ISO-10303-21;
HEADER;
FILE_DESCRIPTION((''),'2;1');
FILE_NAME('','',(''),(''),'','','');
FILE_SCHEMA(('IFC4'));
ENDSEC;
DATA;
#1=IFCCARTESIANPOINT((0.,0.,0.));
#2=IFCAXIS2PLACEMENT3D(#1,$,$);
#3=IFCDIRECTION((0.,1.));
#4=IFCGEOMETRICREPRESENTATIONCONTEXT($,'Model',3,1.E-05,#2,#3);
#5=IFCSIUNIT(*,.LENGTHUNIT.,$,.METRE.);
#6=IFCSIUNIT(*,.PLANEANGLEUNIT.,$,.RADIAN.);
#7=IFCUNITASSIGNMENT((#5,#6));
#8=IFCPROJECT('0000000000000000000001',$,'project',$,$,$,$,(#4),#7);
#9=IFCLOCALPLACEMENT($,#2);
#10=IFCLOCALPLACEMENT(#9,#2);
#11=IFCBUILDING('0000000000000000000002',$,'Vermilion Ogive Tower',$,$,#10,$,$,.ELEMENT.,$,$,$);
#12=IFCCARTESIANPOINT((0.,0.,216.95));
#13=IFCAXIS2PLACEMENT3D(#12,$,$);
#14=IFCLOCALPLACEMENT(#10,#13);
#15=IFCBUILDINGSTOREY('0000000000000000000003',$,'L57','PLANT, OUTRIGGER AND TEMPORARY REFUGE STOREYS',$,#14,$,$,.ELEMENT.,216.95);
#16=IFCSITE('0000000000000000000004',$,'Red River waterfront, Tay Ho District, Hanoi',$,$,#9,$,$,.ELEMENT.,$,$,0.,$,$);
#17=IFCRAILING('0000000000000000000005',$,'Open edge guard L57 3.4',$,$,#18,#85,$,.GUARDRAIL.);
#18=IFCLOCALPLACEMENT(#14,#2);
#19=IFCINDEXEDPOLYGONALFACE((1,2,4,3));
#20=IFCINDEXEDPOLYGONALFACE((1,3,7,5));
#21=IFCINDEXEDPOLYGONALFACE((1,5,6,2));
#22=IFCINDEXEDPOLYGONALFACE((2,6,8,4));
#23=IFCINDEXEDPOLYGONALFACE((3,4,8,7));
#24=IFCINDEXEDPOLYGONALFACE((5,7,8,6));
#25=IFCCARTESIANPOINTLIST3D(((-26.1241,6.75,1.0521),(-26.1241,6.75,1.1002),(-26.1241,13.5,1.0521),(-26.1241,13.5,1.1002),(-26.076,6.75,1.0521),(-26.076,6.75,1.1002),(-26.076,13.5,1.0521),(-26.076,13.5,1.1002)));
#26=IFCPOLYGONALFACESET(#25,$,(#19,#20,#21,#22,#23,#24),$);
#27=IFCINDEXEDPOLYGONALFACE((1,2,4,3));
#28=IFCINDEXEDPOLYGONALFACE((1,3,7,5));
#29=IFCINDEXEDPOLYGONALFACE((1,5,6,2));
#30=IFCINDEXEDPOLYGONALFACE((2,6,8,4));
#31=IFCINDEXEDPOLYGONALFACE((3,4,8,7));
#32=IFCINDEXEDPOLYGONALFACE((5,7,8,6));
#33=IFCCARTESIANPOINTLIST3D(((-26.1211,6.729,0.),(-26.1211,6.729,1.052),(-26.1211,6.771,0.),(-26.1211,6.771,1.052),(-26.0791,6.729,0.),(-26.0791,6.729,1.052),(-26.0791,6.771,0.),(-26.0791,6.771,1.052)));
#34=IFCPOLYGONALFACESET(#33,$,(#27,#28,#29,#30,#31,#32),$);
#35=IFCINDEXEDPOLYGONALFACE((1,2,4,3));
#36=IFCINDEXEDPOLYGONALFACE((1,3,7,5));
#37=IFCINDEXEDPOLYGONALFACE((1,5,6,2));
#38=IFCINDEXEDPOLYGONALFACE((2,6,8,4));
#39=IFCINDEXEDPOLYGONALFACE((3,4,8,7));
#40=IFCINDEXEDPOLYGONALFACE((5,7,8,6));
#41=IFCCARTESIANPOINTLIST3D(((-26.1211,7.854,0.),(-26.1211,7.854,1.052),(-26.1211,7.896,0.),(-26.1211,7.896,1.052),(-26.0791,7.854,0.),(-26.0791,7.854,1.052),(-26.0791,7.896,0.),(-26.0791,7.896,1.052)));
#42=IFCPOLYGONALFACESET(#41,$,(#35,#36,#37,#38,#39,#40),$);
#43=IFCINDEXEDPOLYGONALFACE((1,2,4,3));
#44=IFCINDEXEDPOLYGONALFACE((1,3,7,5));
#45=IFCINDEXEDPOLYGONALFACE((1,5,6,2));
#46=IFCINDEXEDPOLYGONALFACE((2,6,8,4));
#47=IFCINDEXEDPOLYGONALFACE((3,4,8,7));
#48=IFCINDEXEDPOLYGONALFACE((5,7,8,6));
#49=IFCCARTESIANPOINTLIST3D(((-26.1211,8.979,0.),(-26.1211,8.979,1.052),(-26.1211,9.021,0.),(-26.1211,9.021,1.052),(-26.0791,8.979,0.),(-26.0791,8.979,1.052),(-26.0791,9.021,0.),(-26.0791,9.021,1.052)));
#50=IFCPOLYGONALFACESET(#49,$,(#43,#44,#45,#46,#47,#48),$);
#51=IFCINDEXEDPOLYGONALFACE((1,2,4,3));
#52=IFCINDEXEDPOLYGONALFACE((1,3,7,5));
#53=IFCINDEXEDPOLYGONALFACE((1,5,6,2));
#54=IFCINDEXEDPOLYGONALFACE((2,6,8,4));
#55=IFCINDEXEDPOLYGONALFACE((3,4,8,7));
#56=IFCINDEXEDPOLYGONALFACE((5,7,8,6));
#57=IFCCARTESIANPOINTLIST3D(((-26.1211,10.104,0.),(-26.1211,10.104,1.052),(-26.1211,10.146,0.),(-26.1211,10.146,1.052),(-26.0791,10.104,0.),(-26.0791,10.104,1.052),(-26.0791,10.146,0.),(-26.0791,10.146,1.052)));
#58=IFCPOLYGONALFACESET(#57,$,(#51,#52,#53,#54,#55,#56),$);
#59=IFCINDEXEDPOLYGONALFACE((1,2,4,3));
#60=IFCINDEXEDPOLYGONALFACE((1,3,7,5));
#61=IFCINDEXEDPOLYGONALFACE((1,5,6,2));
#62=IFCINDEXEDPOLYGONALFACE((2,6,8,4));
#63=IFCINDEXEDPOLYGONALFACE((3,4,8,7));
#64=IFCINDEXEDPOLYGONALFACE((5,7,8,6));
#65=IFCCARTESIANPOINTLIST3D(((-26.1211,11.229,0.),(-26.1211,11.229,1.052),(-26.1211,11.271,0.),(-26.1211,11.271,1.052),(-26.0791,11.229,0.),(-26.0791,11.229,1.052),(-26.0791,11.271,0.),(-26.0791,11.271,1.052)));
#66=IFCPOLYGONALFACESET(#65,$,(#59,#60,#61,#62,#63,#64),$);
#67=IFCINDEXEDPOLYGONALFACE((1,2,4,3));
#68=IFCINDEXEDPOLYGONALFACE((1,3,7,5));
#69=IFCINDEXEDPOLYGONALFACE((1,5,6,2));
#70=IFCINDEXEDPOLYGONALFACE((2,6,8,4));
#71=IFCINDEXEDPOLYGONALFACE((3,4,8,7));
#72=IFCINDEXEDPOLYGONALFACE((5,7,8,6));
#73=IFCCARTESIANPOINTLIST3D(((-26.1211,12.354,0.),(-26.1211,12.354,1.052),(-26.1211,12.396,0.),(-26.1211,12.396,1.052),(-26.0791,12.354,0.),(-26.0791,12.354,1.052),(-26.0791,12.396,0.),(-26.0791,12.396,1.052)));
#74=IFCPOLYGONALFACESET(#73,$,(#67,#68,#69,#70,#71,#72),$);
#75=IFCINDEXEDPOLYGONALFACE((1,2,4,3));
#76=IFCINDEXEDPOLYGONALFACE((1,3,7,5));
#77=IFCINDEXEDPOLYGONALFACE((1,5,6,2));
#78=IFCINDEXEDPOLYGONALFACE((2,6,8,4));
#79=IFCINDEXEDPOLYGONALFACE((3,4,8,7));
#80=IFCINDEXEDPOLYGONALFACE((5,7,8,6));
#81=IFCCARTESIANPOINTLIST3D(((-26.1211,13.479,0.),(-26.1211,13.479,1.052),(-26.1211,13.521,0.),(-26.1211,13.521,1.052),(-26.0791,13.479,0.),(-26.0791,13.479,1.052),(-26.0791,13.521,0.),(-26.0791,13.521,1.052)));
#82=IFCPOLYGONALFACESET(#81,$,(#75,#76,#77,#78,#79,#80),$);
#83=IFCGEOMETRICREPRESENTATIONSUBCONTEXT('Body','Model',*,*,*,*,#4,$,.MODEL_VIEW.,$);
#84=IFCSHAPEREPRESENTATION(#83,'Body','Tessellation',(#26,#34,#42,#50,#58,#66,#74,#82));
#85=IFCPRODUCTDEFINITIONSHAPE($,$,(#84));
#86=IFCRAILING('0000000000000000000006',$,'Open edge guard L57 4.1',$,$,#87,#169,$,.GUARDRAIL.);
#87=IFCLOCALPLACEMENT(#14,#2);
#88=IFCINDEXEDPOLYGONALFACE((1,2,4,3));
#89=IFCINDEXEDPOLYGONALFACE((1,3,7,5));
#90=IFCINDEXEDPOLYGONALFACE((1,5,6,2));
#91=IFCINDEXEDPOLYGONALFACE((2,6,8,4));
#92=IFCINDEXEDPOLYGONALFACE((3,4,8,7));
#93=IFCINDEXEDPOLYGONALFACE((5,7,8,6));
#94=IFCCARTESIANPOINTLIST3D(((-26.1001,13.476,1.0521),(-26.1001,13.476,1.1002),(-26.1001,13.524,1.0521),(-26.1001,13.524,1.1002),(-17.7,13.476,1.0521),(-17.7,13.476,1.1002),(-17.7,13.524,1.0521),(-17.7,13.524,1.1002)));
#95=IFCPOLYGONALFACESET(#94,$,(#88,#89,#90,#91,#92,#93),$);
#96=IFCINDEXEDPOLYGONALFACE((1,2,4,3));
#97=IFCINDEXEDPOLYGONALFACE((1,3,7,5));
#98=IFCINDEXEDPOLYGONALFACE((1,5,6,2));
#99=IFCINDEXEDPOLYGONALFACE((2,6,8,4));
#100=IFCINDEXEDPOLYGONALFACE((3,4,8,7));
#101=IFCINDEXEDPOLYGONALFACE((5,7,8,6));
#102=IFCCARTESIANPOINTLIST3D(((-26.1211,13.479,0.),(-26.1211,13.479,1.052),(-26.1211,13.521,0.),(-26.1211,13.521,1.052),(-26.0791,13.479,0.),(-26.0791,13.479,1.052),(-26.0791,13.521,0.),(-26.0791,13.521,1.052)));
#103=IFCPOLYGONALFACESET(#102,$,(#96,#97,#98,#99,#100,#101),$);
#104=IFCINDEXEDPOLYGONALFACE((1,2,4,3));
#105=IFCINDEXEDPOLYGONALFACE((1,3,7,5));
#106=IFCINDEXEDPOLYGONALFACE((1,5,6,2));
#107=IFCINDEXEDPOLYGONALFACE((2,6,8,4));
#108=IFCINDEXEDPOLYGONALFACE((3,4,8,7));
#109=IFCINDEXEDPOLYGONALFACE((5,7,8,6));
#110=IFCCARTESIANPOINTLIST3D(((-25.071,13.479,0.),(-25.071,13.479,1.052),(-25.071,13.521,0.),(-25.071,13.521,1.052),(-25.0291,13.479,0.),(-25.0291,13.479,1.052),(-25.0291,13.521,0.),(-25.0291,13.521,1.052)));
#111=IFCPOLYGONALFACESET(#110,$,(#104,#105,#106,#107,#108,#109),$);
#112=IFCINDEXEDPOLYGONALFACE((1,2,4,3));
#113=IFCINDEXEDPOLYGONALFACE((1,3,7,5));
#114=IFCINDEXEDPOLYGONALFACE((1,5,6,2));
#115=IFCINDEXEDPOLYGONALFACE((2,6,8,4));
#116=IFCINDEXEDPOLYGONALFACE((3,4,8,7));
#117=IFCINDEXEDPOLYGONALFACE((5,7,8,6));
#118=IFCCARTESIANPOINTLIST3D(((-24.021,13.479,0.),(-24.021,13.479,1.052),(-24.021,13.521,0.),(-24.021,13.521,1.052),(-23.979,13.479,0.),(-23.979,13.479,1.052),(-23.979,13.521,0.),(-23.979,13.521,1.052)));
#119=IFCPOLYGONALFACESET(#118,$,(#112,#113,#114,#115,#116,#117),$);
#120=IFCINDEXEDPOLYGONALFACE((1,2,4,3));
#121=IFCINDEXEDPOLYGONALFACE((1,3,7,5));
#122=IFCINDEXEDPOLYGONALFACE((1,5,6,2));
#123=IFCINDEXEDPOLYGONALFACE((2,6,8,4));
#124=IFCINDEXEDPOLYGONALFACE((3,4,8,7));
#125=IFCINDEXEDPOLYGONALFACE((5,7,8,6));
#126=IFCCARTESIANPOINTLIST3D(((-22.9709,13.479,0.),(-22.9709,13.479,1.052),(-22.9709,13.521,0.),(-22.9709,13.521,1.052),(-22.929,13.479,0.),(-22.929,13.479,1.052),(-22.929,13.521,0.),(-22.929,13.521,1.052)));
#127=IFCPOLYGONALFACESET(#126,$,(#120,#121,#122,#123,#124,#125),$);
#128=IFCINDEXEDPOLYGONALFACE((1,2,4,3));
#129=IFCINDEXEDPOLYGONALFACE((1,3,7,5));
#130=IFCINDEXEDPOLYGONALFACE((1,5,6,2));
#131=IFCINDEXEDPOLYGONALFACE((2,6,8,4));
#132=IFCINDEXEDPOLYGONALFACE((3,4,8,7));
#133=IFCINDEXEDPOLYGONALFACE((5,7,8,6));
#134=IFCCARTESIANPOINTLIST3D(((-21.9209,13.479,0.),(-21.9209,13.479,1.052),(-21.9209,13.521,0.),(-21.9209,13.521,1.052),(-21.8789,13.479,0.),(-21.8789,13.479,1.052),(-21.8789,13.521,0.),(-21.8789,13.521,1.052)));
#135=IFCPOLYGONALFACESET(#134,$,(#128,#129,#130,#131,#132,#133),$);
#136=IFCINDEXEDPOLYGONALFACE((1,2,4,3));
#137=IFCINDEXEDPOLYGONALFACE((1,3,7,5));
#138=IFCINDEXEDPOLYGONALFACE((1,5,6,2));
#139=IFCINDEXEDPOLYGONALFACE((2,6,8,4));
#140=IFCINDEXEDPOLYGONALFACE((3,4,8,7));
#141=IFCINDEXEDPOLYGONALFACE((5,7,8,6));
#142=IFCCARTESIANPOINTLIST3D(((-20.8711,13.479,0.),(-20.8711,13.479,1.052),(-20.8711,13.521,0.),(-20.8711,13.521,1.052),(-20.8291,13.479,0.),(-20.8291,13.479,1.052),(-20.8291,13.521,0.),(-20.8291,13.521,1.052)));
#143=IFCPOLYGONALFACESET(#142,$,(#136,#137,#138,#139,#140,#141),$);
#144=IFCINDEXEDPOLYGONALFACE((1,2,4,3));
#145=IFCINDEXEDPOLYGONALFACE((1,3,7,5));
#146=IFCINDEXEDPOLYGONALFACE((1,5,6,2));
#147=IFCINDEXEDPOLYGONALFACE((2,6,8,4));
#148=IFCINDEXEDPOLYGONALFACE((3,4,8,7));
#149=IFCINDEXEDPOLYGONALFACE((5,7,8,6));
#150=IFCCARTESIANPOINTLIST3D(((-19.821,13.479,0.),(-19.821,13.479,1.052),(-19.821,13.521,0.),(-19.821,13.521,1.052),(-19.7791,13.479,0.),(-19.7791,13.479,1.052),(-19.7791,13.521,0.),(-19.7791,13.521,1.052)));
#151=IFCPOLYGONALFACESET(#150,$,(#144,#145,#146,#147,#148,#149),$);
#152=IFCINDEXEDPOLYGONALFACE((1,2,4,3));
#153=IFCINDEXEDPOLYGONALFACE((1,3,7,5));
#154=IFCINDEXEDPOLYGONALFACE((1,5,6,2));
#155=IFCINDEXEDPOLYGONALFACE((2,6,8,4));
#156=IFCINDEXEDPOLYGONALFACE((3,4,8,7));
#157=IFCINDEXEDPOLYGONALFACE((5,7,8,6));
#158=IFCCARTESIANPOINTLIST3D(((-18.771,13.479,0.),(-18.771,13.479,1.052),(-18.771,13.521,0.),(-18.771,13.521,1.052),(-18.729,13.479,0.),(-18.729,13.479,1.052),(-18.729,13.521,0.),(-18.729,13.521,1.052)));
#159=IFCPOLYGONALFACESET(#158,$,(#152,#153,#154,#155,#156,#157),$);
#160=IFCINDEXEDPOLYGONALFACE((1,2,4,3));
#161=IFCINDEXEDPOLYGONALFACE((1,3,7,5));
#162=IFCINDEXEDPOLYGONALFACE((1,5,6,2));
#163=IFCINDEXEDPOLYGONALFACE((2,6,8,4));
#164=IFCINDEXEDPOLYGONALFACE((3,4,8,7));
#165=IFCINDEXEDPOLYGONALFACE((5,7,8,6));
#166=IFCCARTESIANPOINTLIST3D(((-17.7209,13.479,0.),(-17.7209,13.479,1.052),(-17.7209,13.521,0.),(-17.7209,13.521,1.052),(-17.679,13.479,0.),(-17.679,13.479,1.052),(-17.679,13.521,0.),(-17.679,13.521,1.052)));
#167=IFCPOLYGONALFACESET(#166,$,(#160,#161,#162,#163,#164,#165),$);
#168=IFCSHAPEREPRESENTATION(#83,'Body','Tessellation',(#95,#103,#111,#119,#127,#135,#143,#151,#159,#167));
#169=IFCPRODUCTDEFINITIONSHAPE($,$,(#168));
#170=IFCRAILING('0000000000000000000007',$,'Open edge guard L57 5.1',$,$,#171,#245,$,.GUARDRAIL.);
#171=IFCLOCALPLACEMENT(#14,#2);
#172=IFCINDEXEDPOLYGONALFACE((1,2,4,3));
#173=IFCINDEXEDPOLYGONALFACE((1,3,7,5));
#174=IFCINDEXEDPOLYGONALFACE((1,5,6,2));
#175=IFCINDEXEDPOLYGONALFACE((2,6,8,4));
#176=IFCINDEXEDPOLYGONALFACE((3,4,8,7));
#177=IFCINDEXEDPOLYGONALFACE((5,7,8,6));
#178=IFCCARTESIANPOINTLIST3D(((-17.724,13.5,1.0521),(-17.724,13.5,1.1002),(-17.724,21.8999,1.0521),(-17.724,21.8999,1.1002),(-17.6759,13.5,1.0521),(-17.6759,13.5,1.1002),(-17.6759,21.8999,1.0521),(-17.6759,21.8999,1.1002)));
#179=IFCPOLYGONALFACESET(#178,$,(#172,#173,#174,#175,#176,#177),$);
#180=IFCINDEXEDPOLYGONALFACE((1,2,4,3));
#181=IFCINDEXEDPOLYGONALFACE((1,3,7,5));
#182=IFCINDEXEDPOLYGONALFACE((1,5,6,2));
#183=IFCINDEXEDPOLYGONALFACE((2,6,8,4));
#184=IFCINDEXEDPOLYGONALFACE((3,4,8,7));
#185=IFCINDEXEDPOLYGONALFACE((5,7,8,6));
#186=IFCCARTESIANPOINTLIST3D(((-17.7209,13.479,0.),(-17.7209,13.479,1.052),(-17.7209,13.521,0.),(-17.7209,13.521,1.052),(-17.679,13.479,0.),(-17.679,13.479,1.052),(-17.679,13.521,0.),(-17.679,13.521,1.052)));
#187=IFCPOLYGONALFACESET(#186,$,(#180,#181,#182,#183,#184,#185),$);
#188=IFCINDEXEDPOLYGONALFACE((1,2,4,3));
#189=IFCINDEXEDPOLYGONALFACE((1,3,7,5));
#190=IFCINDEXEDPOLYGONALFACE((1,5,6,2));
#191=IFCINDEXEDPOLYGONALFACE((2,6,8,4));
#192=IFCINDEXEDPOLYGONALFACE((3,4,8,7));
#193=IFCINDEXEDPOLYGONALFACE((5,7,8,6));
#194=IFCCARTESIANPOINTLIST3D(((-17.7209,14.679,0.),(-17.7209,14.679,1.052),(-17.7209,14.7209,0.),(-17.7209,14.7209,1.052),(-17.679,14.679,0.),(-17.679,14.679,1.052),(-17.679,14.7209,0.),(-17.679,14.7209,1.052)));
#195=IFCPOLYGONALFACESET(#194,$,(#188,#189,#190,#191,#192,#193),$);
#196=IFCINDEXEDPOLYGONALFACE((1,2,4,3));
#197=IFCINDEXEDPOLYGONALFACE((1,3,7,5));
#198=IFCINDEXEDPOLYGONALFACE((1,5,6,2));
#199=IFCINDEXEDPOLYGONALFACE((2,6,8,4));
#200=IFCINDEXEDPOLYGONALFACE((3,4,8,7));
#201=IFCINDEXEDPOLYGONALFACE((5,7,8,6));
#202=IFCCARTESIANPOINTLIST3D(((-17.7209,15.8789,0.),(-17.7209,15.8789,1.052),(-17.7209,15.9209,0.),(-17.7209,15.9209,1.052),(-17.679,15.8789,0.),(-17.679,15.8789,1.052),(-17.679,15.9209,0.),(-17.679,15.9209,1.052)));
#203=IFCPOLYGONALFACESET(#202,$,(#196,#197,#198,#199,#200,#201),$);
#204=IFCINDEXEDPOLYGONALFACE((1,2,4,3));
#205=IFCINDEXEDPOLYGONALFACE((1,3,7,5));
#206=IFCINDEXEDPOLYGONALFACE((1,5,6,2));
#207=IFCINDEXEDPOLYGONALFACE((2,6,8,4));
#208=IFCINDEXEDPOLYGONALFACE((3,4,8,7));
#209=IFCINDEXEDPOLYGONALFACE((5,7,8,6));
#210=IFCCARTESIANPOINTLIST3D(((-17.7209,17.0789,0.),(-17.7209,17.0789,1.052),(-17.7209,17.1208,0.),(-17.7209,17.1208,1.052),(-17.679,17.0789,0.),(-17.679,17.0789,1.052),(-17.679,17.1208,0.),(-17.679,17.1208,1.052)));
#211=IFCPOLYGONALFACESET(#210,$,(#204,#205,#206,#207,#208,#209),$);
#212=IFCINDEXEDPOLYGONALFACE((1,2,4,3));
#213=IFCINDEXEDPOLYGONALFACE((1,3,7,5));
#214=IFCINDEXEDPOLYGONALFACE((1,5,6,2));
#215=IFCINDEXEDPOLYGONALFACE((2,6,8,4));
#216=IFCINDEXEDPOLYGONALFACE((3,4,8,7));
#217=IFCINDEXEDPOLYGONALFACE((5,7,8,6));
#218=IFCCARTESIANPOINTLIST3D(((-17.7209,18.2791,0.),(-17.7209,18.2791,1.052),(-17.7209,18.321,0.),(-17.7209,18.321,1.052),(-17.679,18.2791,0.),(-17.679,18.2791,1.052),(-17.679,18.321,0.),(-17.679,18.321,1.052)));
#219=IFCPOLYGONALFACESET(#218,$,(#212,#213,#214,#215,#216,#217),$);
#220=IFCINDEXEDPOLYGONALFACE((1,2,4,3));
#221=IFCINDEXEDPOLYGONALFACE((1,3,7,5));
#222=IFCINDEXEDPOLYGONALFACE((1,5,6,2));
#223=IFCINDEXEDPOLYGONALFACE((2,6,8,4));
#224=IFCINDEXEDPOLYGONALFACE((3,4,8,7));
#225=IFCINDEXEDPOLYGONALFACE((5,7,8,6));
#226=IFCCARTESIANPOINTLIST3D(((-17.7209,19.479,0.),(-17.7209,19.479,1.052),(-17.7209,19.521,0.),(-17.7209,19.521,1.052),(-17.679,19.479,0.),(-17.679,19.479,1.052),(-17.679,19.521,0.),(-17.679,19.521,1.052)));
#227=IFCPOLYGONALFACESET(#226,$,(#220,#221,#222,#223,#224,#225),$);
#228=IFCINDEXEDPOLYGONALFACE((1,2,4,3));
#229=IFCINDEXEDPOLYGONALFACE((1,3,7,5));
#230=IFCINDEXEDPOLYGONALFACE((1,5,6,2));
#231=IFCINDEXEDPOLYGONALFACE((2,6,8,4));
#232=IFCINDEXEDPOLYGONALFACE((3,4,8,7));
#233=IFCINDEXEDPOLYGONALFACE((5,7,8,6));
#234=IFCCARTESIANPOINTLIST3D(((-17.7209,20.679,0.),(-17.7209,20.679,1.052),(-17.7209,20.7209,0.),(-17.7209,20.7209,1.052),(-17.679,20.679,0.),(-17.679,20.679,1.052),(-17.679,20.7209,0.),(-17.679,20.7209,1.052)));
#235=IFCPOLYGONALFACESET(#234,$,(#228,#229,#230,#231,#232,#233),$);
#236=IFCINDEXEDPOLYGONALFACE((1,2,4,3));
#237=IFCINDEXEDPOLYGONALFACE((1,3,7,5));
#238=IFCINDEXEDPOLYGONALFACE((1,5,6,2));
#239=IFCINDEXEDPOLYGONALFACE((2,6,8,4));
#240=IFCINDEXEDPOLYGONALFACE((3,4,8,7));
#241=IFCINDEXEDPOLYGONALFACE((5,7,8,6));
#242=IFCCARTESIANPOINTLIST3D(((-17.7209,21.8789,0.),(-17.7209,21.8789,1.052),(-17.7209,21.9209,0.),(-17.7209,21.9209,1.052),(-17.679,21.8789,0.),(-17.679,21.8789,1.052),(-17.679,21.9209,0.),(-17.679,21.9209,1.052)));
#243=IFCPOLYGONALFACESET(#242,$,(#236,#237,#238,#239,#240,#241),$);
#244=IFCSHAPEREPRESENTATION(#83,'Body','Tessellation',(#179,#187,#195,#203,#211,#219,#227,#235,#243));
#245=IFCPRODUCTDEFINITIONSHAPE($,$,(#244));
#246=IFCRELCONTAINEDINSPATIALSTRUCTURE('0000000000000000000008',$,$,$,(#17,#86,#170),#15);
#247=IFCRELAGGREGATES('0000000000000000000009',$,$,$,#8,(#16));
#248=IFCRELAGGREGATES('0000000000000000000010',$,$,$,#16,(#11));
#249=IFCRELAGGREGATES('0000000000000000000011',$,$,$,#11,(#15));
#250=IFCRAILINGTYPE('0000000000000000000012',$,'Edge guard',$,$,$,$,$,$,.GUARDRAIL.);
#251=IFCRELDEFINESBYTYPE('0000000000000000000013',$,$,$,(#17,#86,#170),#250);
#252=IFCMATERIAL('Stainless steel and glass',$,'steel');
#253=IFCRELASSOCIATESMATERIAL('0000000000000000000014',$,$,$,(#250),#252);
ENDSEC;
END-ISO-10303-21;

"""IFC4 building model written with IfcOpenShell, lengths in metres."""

from ifc_helpers import new_model, si_unit, direction, frame, origin, origin_2d, place, context, subcontext, project, spatial, rectangle, extrude, material, type_object, element, save


model = new_model("IFC4")

# Units and contexts
model_context = context("Model", 3, precision=1e-05, world=origin(), true_north=direction((0.0, 1.0)))
body_context = subcontext(model_context, "Body", "Model", "MODEL_VIEW")
ifc_project = project(units=[si_unit("LENGTHUNIT", "METRE"), si_unit("PLANEANGLEUNIT", "RADIAN")], contexts=[model_context])

# Site, building, storey
site_placement = place(None, origin())
site = spatial("IfcSite", under=ifc_project, at=site_placement, Name="Red River waterfront, Tay Ho District, Hanoi", CompositionType="ELEMENT", RefElevation=0.0)
building_placement = place(site_placement, origin())
building = spatial("IfcBuilding", under=site, at=building_placement, Name="Vermilion Ogive Tower", CompositionType="ELEMENT")
storey_placement = place(building_placement, frame((0.0, 0.0, 216.95)))
storey = spatial("IfcBuildingStorey", under=building, at=storey_placement, Name="L57", Description="PLANT, OUTRIGGER AND TEMPORARY REFUGE STOREYS", CompositionType="ELEMENT", Elevation=216.95)

# Railings
ifc_material_1 = material(Name="Stainless steel and glass", Category="steel")
railing_type = type_object("IfcRailingType", Name="Edge guard", PredefinedType="GUARDRAIL", material=ifc_material_1)
railing_1_placement = place(storey_placement, frame((-26.1001, 6.75, 0.0)))
element("IfcRailing", 1, at=railing_1_placement, inside=storey, type_object=railing_type, Name="Open edge guard L57 3.4", PredefinedType="GUARDRAIL", context=body_context, shape_type="SweptSolid", body=[
    extrude(rectangle(XDim=0.0481, YDim=0.0481, at=origin_2d()), frame((0.0, 0.0, 1.0762), z_axis=(0.0, 1.0, 0.0), x_axis=(-1.0, 0.0, 0.0)), (0.0, 0.0, 1.0), 6.75),
    extrude(rectangle(XDim=0.042, YDim=0.042, at=origin_2d()), origin(), (0.0, 0.0, 1.0), 1.052),
    extrude(rectangle(XDim=0.042, YDim=0.042, at=origin_2d()), frame((0.0, 1.125, 0.0)), (0.0, 0.0, 1.0), 1.052),
    extrude(rectangle(XDim=0.042, YDim=0.042, at=origin_2d()), frame((0.0, 2.25, 0.0)), (0.0, 0.0, 1.0), 1.052),
    extrude(rectangle(XDim=0.042, YDim=0.042, at=origin_2d()), frame((0.0, 3.375, 0.0)), (0.0, 0.0, 1.0), 1.052),
    extrude(rectangle(XDim=0.042, YDim=0.042, at=origin_2d()), frame((0.0, 4.5, 0.0)), (0.0, 0.0, 1.0), 1.052),
    extrude(rectangle(XDim=0.042, YDim=0.042, at=origin_2d()), frame((0.0, 5.625, 0.0)), (0.0, 0.0, 1.0), 1.052),
    extrude(rectangle(XDim=0.042, YDim=0.042, at=origin_2d()), frame((0.0, 6.75, 0.0)), (0.0, 0.0, 1.0), 1.052),
])
railing_2_placement = place(storey_placement, frame((-26.1001, 13.5, 0.0)))
element("IfcRailing", 2, at=railing_2_placement, inside=storey, type_object=railing_type, Name="Open edge guard L57 4.1", PredefinedType="GUARDRAIL", context=body_context, shape_type="SweptSolid", body=[
    extrude(rectangle(XDim=0.0481, YDim=0.0481, at=origin_2d()), frame((0.0, 0.0, 1.0762), z_axis=(1.0, 0.0, 0.0), x_axis=(0.0, 1.0, 0.0)), (0.0, 0.0, 1.0), 8.4001),
    extrude(rectangle(XDim=0.042, YDim=0.042, at=origin_2d()), origin(), (0.0, 0.0, 1.0), 1.052),
    extrude(rectangle(XDim=0.042, YDim=0.042, at=origin_2d()), frame((1.05, 0.0, 0.0)), (0.0, 0.0, 1.0), 1.052),
    extrude(rectangle(XDim=0.042, YDim=0.042, at=origin_2d()), frame((2.1001, 0.0, 0.0)), (0.0, 0.0, 1.0), 1.052),
    extrude(rectangle(XDim=0.042, YDim=0.042, at=origin_2d()), frame((3.1501, 0.0, 0.0)), (0.0, 0.0, 1.0), 1.052),
    extrude(rectangle(XDim=0.042, YDim=0.042, at=origin_2d()), frame((4.2002, 0.0, 0.0)), (0.0, 0.0, 1.0), 1.052),
    extrude(rectangle(XDim=0.042, YDim=0.042, at=origin_2d()), frame((5.25, 0.0, 0.0)), (0.0, 0.0, 1.0), 1.052),
    extrude(rectangle(XDim=0.042, YDim=0.042, at=origin_2d()), frame((6.3, 0.0, 0.0)), (0.0, 0.0, 1.0), 1.052),
    extrude(rectangle(XDim=0.042, YDim=0.042, at=origin_2d()), frame((7.3501, 0.0, 0.0)), (0.0, 0.0, 1.0), 1.052),
    extrude(rectangle(XDim=0.042, YDim=0.042, at=origin_2d()), frame((8.4001, 0.0, 0.0)), (0.0, 0.0, 1.0), 1.052),
])
railing_3_placement = place(storey_placement, frame((-17.7, 13.5, 0.0)))
element("IfcRailing", 3, at=railing_3_placement, inside=storey, type_object=railing_type, Name="Open edge guard L57 5.1", PredefinedType="GUARDRAIL", context=body_context, shape_type="SweptSolid", body=[
    extrude(rectangle(XDim=0.0481, YDim=0.0481, at=origin_2d()), frame((0.0, 0.0, 1.0762), z_axis=(0.0, 1.0, 0.0), x_axis=(-1.0, 0.0, 0.0)), (0.0, 0.0, 1.0), 8.3999),
    extrude(rectangle(XDim=0.042, YDim=0.042, at=origin_2d()), origin(), (0.0, 0.0, 1.0), 1.052),
    extrude(rectangle(XDim=0.042, YDim=0.042, at=origin_2d()), frame((0.0, 1.2, 0.0)), (0.0, 0.0, 1.0), 1.052),
    extrude(rectangle(XDim=0.042, YDim=0.042, at=origin_2d()), frame((0.0, 2.3999, 0.0)), (0.0, 0.0, 1.0), 1.052),
    extrude(rectangle(XDim=0.042, YDim=0.042, at=origin_2d()), frame((0.0, 3.5999, 0.0)), (0.0, 0.0, 1.0), 1.052),
    extrude(rectangle(XDim=0.042, YDim=0.042, at=origin_2d()), frame((0.0, 4.8, 0.0)), (0.0, 0.0, 1.0), 1.052),
    extrude(rectangle(XDim=0.042, YDim=0.042, at=origin_2d()), frame((0.0, 6.0, 0.0)), (0.0, 0.0, 1.0), 1.052),
    extrude(rectangle(XDim=0.042, YDim=0.042, at=origin_2d()), frame((0.0, 7.2, 0.0)), (0.0, 0.0, 1.0), 1.052),
    extrude(rectangle(XDim=0.042, YDim=0.042, at=origin_2d()), frame((0.0, 8.3999, 0.0)), (0.0, 0.0, 1.0), 1.052),
])

save(model, "model.ifc")
